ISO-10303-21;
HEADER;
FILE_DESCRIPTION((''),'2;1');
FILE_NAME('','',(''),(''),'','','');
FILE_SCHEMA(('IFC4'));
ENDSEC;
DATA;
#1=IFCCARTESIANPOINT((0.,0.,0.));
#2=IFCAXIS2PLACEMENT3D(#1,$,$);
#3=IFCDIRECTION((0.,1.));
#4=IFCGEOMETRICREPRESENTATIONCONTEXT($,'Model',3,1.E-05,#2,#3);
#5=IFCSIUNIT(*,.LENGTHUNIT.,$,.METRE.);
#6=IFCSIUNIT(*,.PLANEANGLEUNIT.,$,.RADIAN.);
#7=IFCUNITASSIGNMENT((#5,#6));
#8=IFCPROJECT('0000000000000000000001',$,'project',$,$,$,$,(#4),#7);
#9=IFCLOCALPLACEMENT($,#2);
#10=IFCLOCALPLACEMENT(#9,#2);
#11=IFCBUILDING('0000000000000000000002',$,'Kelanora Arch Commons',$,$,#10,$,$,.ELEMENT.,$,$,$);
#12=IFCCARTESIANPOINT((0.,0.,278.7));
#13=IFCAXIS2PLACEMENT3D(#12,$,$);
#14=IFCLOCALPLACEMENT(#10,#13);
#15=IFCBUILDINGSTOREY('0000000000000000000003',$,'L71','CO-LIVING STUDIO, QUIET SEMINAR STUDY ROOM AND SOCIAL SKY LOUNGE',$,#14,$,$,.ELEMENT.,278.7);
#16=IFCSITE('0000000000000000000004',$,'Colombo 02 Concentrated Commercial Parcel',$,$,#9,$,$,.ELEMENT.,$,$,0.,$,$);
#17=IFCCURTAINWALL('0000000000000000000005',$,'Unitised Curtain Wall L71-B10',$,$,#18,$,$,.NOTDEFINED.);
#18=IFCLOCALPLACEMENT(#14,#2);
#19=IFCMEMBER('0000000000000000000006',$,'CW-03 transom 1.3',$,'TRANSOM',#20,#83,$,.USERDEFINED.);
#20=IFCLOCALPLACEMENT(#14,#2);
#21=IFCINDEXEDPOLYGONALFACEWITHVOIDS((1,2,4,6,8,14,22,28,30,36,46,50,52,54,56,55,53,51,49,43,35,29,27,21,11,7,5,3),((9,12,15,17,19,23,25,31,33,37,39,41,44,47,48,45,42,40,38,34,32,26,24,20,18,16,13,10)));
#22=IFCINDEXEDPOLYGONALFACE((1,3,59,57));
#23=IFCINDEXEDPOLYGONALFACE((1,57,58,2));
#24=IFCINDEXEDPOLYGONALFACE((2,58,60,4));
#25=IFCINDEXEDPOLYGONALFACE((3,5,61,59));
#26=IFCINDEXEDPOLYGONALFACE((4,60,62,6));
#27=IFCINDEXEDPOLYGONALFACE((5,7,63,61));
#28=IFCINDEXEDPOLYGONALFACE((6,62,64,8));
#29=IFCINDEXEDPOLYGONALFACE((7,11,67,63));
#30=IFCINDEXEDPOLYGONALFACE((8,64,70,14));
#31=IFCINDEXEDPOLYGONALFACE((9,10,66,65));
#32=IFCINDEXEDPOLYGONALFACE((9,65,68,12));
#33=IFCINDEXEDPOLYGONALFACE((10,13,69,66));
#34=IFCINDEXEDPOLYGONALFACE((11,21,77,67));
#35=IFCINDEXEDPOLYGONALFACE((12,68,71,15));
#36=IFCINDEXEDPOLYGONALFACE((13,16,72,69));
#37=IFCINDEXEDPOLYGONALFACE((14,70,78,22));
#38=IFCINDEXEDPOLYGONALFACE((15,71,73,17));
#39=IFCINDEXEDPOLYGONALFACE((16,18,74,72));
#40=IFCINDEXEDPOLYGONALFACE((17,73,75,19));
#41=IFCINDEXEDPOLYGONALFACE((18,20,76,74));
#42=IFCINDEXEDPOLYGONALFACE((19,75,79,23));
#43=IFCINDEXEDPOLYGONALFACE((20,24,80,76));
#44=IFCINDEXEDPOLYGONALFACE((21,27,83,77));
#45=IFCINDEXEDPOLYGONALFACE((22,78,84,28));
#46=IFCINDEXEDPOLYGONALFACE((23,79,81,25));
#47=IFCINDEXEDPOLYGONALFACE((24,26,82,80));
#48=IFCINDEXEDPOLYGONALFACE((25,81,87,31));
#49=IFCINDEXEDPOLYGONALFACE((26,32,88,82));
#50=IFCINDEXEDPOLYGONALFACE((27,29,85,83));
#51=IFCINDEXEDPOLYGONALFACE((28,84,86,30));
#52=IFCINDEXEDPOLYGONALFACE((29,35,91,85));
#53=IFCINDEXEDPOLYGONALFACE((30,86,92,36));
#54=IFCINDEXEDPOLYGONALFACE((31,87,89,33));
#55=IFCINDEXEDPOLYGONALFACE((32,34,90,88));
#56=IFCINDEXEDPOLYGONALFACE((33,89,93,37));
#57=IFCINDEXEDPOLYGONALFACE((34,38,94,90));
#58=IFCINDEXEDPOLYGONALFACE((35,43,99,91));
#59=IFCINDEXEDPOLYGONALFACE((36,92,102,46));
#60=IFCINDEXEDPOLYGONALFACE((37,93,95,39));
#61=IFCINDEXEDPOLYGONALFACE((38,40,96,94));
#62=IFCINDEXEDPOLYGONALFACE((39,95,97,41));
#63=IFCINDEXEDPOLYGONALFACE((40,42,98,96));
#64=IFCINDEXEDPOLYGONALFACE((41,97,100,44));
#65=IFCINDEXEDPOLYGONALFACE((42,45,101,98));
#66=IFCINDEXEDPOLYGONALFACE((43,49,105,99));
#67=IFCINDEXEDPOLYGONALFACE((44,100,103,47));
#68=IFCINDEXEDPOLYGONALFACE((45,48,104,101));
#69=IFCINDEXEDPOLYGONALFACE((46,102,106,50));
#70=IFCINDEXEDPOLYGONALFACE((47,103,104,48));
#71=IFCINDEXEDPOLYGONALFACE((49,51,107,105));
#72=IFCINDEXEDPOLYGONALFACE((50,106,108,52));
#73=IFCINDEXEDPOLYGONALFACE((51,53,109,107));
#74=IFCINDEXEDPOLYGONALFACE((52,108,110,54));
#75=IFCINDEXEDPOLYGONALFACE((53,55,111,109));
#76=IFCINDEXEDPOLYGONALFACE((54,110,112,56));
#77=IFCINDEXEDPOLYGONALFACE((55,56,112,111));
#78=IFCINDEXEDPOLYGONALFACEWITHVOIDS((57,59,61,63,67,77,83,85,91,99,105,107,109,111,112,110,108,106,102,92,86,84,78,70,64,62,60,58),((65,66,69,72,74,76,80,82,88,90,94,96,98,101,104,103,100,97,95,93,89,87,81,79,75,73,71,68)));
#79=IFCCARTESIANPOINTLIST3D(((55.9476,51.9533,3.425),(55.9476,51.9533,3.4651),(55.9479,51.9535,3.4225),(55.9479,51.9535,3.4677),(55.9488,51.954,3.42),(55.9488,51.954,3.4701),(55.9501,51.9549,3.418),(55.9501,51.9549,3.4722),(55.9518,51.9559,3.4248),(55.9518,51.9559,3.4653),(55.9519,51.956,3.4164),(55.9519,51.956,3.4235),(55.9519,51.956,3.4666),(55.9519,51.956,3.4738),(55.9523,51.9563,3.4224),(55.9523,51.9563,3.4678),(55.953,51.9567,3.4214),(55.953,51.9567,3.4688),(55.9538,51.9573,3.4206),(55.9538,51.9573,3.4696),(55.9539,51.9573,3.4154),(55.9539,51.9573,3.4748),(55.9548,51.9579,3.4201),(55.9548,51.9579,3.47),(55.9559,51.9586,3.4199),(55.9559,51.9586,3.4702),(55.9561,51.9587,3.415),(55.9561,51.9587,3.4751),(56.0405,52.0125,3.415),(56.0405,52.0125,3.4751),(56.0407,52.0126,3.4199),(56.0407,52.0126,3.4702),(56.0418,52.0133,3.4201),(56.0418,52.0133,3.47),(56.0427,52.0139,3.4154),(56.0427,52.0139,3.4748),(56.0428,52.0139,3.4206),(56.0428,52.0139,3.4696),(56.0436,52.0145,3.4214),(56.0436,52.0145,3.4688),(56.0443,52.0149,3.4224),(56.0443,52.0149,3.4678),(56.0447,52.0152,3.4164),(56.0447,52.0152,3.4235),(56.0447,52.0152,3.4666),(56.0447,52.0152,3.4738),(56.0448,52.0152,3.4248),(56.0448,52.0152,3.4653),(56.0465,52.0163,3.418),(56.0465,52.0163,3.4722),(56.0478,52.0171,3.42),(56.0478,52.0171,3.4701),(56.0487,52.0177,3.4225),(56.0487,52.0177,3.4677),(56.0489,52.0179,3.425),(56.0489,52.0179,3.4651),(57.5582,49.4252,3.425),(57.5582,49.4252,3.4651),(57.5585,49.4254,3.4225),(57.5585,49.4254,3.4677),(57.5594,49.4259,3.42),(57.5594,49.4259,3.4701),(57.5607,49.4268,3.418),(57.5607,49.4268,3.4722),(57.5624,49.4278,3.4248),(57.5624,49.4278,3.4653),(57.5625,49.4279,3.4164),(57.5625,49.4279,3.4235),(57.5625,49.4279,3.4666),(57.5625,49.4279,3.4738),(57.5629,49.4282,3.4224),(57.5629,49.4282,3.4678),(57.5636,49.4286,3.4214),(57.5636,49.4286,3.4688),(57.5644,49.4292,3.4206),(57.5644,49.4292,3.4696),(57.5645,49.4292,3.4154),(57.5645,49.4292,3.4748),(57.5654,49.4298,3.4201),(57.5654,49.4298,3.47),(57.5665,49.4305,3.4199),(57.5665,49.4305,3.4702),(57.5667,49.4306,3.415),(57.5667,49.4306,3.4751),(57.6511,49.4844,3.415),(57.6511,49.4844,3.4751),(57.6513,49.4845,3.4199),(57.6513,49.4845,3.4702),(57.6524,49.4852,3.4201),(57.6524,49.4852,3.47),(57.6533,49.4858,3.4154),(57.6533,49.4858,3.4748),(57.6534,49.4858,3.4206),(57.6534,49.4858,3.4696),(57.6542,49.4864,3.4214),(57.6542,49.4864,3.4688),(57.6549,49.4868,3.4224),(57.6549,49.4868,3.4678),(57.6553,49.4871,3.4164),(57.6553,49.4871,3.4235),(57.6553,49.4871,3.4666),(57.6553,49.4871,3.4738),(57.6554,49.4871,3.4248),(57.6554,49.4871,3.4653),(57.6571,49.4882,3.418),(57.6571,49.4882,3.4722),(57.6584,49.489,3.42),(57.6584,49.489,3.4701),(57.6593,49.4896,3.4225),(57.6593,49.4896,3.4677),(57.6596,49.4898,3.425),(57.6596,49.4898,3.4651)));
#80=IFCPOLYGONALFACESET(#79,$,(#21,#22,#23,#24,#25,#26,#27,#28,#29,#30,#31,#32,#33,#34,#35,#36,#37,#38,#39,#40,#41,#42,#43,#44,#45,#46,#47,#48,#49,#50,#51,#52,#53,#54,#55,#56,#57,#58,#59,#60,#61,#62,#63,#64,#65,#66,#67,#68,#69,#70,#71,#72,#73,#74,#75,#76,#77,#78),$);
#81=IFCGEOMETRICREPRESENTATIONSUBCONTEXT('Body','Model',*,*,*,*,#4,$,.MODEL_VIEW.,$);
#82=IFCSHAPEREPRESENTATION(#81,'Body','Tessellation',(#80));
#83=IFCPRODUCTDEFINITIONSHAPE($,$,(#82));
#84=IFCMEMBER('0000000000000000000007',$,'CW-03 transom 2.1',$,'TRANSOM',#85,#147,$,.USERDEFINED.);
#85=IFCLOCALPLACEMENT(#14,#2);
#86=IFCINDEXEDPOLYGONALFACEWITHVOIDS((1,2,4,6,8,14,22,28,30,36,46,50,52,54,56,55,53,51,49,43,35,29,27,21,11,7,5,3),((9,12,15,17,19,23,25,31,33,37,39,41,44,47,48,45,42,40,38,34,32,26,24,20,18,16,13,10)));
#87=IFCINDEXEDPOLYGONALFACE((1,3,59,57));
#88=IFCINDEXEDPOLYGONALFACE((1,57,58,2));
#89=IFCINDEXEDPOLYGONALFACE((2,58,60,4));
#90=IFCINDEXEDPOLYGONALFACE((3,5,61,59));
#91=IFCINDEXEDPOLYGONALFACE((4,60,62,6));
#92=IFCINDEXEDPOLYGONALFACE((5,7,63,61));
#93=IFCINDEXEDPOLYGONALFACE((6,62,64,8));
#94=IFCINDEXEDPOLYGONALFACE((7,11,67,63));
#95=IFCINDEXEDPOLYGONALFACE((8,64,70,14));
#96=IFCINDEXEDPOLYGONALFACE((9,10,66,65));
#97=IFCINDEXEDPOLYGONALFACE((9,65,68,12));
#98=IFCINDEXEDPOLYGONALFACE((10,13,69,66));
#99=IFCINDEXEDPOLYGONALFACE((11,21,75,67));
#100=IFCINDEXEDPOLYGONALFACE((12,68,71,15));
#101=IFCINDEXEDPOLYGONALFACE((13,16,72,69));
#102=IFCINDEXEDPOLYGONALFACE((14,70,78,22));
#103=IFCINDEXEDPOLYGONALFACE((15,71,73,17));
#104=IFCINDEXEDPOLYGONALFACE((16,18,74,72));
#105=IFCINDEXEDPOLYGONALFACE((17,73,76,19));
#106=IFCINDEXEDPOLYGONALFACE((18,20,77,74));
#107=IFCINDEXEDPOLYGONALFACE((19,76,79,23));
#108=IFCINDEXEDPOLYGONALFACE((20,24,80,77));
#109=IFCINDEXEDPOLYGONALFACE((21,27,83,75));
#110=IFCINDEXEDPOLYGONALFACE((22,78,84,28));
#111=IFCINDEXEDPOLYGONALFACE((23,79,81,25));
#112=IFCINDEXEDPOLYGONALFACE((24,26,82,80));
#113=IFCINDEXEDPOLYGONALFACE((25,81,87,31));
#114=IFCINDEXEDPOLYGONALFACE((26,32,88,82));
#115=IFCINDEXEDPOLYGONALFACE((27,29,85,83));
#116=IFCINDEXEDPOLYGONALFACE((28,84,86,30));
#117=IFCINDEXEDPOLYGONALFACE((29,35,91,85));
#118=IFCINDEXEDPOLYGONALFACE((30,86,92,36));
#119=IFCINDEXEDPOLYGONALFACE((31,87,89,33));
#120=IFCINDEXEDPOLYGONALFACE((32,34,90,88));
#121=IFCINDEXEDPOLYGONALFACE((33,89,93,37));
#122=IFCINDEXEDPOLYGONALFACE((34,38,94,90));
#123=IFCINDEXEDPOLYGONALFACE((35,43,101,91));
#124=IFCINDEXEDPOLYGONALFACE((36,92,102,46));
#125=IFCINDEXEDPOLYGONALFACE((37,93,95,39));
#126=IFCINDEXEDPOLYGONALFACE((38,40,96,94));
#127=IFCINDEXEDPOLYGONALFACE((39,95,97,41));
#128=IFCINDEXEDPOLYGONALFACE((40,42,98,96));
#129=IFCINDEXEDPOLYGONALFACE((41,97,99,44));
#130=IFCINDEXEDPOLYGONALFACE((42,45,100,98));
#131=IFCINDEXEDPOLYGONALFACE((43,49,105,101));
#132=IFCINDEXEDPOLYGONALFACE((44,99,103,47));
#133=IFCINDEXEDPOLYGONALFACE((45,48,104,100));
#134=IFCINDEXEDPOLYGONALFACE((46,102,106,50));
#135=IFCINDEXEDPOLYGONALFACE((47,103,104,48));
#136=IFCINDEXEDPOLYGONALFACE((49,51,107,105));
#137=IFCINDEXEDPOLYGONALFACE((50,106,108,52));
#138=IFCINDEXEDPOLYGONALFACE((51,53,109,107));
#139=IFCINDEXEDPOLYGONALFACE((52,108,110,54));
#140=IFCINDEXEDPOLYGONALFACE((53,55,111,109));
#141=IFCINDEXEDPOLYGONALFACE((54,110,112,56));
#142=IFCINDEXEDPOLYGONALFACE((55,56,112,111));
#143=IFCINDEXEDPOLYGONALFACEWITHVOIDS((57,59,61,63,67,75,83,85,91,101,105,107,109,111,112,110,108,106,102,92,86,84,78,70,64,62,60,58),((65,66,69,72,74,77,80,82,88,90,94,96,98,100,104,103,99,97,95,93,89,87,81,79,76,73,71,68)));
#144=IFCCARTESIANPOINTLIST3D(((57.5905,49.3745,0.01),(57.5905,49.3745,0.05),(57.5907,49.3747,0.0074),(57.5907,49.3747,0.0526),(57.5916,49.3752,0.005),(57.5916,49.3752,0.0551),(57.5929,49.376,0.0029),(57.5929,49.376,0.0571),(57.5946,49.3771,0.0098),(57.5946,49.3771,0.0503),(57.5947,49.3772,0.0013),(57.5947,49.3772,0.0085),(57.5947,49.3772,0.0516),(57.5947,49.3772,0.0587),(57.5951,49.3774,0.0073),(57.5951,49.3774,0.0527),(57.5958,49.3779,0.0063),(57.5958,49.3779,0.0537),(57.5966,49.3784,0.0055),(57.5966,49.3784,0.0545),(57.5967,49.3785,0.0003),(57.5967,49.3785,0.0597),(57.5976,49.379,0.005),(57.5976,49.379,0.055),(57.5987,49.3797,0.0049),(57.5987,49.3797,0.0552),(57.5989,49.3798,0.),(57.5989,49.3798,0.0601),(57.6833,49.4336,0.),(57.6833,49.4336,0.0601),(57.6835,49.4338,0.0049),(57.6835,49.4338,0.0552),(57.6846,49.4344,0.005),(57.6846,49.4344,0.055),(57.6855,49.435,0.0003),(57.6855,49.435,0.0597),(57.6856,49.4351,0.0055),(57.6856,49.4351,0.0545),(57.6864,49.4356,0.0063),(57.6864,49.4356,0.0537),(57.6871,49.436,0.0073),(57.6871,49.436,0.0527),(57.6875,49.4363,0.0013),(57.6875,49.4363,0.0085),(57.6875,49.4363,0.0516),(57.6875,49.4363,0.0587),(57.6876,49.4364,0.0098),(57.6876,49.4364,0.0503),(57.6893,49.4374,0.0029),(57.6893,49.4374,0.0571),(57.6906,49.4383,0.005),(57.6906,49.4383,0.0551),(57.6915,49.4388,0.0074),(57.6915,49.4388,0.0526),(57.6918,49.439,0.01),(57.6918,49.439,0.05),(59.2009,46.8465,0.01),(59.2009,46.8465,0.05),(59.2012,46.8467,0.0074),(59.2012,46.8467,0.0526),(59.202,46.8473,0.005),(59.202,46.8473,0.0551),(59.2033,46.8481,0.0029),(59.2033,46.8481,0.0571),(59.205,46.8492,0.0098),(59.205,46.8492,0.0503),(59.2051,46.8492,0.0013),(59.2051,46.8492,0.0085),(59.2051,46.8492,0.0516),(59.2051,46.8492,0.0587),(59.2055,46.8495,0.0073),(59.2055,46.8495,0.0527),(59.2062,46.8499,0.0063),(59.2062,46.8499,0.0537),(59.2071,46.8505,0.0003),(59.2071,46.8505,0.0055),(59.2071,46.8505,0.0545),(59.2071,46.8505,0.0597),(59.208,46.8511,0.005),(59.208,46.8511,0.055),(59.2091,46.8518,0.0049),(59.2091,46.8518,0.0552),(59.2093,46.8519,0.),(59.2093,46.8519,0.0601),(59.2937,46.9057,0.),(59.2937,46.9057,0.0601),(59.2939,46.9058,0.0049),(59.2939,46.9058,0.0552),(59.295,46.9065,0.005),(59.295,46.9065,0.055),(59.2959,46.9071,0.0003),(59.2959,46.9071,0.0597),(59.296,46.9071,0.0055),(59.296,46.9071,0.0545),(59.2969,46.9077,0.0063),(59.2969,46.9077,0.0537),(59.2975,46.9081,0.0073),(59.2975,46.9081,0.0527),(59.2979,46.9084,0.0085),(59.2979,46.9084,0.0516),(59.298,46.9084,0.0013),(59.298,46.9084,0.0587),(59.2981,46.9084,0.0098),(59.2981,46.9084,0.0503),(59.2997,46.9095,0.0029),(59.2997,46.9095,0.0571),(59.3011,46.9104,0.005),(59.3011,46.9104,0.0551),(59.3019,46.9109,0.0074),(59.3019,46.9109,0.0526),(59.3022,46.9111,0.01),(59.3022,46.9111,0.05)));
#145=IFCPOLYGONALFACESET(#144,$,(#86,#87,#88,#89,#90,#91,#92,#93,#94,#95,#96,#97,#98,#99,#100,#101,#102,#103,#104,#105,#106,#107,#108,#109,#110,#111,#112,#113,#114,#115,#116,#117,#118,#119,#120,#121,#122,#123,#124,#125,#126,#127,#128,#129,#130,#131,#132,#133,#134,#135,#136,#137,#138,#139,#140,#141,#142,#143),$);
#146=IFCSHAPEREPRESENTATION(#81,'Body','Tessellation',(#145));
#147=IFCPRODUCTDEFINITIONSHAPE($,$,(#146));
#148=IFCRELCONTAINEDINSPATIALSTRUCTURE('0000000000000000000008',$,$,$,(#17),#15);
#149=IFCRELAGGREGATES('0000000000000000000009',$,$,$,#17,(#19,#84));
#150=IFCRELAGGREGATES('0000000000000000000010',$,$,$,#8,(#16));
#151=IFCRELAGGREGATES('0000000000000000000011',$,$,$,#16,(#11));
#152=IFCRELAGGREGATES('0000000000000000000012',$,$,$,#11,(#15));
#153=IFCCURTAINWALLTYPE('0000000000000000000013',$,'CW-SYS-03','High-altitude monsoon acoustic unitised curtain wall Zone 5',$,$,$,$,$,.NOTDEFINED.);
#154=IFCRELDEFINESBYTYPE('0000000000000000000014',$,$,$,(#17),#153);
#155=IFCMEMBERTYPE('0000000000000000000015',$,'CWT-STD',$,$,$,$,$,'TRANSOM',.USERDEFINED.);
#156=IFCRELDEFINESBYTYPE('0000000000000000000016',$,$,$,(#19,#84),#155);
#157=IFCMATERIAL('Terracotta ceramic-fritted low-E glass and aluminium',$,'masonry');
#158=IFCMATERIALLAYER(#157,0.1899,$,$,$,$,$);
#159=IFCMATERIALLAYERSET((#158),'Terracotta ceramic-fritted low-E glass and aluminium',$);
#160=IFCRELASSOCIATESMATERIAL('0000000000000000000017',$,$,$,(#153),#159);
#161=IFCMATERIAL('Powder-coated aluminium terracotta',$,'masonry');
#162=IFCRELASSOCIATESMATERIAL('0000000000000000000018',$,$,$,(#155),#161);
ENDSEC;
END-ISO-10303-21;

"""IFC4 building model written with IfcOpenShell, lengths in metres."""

from ifc_helpers import new_model, si_unit, direction, frame, origin, origin_2d, place, context, subcontext, project, spatial, hollow_rectangle, extrude, material, layer, layer_set, material_profile, profile_set, type_object, element, aggregate, save


model = new_model("IFC4")

# Units and contexts
model_context = context("Model", 3, precision=1e-05, world=origin(), true_north=direction((0.0, 1.0)))
body_context = subcontext(model_context, "Body", "Model", "MODEL_VIEW")
ifc_project = project(units=[si_unit("LENGTHUNIT", "METRE"), si_unit("PLANEANGLEUNIT", "RADIAN")], contexts=[model_context])

# Site, building, storey
site_placement = place(None, origin())
site = spatial("IfcSite", under=ifc_project, at=site_placement, Name="Colombo 02 Concentrated Commercial Parcel", CompositionType="ELEMENT", RefElevation=0.0)
building_placement = place(site_placement, origin())
building = spatial("IfcBuilding", under=site, at=building_placement, Name="Kelanora Arch Commons", CompositionType="ELEMENT")
storey_placement = place(building_placement, frame((0.0, 0.0, 278.7)))
storey = spatial("IfcBuildingStorey", under=building, at=storey_placement, Name="L71", Description="CO-LIVING STUDIO, QUIET SEMINAR STUDY ROOM AND SOCIAL SKY LOUNGE", CompositionType="ELEMENT", Elevation=278.7)

# Curtain wall, members
ifc_material_1 = material(Name="Terracotta ceramic-fritted low-E glass and aluminium", Category="masonry")
ifc_layer_1 = layer(ifc_material_1, 0.1899)
ifc_layer_set_1 = layer_set([ifc_layer_1], Name="Terracotta ceramic-fritted low-E glass and aluminium")
curtain_wall_type = type_object("IfcCurtainWallType", Name="CW-SYS-03", Description="High-altitude monsoon acoustic unitised curtain wall Zone 5", PredefinedType="NOTDEFINED", material=ifc_layer_set_1)
curtain_wall_placement = place(storey_placement, origin())
curtain_wall = element("IfcCurtainWall", 1, at=curtain_wall_placement, inside=storey, type_object=curtain_wall_type, Name="Unitised Curtain Wall L71-B10", PredefinedType="NOTDEFINED")
ifc_material_2 = material(Name="Powder-coated aluminium terracotta", Category="masonry")
ifc_material_profile_1 = material_profile(ifc_material_2, hollow_rectangle(XDim=0.1201, YDim=0.0601, WallThickness=0.0049, InnerFilletRadius=0.0049, OuterFilletRadius=0.01, at=origin_2d()), Name="CWT120x60")
ifc_profile_set_1 = profile_set([ifc_material_profile_1], Name="Powder-coated aluminium terracotta")
member_type_1 = type_object("IfcMemberType", Name="CWT-STD", ElementType="TRANSOM", PredefinedType="USERDEFINED", material=ifc_profile_set_1)
member_1_placement = place(storey_placement, frame((55.9983, 51.9856, 3.4451), z_axis=(0.537308, -0.843386, 0.0), x_axis=(0.843386, 0.537308, 0.0)))
member_1 = element("IfcMember", 2, at=member_1_placement, type_object=member_type_1, Name="CW-03 transom 1.3", ObjectType="TRANSOM", PredefinedType="USERDEFINED", context=body_context, shape_type="SweptSolid", body=[
    extrude(hollow_rectangle(XDim=0.1201, YDim=0.0601, WallThickness=0.0049, InnerFilletRadius=0.0049, OuterFilletRadius=0.01, at=origin_2d()), origin(), (0.0, 0.0, 1.0), 2.9976),
])
member_2_placement = place(storey_placement, frame((57.6411, 49.4067, 0.03), z_axis=(0.537287, -0.8434, 0.0), x_axis=(0.8434, 0.537287, 0.0)))
member_2 = element("IfcMember", 3, at=member_2_placement, type_object=member_type_1, Name="CW-03 transom 2.1", ObjectType="TRANSOM", PredefinedType="USERDEFINED", context=body_context, shape_type="SweptSolid", body=[
    extrude(hollow_rectangle(XDim=0.1201, YDim=0.0601, WallThickness=0.0049, InnerFilletRadius=0.0049, OuterFilletRadius=0.01, at=origin_2d()), origin(), (0.0, 0.0, 1.0), 2.9973),
])

aggregate(curtain_wall, [member_1, member_2])

save(model, "model.ifc")
